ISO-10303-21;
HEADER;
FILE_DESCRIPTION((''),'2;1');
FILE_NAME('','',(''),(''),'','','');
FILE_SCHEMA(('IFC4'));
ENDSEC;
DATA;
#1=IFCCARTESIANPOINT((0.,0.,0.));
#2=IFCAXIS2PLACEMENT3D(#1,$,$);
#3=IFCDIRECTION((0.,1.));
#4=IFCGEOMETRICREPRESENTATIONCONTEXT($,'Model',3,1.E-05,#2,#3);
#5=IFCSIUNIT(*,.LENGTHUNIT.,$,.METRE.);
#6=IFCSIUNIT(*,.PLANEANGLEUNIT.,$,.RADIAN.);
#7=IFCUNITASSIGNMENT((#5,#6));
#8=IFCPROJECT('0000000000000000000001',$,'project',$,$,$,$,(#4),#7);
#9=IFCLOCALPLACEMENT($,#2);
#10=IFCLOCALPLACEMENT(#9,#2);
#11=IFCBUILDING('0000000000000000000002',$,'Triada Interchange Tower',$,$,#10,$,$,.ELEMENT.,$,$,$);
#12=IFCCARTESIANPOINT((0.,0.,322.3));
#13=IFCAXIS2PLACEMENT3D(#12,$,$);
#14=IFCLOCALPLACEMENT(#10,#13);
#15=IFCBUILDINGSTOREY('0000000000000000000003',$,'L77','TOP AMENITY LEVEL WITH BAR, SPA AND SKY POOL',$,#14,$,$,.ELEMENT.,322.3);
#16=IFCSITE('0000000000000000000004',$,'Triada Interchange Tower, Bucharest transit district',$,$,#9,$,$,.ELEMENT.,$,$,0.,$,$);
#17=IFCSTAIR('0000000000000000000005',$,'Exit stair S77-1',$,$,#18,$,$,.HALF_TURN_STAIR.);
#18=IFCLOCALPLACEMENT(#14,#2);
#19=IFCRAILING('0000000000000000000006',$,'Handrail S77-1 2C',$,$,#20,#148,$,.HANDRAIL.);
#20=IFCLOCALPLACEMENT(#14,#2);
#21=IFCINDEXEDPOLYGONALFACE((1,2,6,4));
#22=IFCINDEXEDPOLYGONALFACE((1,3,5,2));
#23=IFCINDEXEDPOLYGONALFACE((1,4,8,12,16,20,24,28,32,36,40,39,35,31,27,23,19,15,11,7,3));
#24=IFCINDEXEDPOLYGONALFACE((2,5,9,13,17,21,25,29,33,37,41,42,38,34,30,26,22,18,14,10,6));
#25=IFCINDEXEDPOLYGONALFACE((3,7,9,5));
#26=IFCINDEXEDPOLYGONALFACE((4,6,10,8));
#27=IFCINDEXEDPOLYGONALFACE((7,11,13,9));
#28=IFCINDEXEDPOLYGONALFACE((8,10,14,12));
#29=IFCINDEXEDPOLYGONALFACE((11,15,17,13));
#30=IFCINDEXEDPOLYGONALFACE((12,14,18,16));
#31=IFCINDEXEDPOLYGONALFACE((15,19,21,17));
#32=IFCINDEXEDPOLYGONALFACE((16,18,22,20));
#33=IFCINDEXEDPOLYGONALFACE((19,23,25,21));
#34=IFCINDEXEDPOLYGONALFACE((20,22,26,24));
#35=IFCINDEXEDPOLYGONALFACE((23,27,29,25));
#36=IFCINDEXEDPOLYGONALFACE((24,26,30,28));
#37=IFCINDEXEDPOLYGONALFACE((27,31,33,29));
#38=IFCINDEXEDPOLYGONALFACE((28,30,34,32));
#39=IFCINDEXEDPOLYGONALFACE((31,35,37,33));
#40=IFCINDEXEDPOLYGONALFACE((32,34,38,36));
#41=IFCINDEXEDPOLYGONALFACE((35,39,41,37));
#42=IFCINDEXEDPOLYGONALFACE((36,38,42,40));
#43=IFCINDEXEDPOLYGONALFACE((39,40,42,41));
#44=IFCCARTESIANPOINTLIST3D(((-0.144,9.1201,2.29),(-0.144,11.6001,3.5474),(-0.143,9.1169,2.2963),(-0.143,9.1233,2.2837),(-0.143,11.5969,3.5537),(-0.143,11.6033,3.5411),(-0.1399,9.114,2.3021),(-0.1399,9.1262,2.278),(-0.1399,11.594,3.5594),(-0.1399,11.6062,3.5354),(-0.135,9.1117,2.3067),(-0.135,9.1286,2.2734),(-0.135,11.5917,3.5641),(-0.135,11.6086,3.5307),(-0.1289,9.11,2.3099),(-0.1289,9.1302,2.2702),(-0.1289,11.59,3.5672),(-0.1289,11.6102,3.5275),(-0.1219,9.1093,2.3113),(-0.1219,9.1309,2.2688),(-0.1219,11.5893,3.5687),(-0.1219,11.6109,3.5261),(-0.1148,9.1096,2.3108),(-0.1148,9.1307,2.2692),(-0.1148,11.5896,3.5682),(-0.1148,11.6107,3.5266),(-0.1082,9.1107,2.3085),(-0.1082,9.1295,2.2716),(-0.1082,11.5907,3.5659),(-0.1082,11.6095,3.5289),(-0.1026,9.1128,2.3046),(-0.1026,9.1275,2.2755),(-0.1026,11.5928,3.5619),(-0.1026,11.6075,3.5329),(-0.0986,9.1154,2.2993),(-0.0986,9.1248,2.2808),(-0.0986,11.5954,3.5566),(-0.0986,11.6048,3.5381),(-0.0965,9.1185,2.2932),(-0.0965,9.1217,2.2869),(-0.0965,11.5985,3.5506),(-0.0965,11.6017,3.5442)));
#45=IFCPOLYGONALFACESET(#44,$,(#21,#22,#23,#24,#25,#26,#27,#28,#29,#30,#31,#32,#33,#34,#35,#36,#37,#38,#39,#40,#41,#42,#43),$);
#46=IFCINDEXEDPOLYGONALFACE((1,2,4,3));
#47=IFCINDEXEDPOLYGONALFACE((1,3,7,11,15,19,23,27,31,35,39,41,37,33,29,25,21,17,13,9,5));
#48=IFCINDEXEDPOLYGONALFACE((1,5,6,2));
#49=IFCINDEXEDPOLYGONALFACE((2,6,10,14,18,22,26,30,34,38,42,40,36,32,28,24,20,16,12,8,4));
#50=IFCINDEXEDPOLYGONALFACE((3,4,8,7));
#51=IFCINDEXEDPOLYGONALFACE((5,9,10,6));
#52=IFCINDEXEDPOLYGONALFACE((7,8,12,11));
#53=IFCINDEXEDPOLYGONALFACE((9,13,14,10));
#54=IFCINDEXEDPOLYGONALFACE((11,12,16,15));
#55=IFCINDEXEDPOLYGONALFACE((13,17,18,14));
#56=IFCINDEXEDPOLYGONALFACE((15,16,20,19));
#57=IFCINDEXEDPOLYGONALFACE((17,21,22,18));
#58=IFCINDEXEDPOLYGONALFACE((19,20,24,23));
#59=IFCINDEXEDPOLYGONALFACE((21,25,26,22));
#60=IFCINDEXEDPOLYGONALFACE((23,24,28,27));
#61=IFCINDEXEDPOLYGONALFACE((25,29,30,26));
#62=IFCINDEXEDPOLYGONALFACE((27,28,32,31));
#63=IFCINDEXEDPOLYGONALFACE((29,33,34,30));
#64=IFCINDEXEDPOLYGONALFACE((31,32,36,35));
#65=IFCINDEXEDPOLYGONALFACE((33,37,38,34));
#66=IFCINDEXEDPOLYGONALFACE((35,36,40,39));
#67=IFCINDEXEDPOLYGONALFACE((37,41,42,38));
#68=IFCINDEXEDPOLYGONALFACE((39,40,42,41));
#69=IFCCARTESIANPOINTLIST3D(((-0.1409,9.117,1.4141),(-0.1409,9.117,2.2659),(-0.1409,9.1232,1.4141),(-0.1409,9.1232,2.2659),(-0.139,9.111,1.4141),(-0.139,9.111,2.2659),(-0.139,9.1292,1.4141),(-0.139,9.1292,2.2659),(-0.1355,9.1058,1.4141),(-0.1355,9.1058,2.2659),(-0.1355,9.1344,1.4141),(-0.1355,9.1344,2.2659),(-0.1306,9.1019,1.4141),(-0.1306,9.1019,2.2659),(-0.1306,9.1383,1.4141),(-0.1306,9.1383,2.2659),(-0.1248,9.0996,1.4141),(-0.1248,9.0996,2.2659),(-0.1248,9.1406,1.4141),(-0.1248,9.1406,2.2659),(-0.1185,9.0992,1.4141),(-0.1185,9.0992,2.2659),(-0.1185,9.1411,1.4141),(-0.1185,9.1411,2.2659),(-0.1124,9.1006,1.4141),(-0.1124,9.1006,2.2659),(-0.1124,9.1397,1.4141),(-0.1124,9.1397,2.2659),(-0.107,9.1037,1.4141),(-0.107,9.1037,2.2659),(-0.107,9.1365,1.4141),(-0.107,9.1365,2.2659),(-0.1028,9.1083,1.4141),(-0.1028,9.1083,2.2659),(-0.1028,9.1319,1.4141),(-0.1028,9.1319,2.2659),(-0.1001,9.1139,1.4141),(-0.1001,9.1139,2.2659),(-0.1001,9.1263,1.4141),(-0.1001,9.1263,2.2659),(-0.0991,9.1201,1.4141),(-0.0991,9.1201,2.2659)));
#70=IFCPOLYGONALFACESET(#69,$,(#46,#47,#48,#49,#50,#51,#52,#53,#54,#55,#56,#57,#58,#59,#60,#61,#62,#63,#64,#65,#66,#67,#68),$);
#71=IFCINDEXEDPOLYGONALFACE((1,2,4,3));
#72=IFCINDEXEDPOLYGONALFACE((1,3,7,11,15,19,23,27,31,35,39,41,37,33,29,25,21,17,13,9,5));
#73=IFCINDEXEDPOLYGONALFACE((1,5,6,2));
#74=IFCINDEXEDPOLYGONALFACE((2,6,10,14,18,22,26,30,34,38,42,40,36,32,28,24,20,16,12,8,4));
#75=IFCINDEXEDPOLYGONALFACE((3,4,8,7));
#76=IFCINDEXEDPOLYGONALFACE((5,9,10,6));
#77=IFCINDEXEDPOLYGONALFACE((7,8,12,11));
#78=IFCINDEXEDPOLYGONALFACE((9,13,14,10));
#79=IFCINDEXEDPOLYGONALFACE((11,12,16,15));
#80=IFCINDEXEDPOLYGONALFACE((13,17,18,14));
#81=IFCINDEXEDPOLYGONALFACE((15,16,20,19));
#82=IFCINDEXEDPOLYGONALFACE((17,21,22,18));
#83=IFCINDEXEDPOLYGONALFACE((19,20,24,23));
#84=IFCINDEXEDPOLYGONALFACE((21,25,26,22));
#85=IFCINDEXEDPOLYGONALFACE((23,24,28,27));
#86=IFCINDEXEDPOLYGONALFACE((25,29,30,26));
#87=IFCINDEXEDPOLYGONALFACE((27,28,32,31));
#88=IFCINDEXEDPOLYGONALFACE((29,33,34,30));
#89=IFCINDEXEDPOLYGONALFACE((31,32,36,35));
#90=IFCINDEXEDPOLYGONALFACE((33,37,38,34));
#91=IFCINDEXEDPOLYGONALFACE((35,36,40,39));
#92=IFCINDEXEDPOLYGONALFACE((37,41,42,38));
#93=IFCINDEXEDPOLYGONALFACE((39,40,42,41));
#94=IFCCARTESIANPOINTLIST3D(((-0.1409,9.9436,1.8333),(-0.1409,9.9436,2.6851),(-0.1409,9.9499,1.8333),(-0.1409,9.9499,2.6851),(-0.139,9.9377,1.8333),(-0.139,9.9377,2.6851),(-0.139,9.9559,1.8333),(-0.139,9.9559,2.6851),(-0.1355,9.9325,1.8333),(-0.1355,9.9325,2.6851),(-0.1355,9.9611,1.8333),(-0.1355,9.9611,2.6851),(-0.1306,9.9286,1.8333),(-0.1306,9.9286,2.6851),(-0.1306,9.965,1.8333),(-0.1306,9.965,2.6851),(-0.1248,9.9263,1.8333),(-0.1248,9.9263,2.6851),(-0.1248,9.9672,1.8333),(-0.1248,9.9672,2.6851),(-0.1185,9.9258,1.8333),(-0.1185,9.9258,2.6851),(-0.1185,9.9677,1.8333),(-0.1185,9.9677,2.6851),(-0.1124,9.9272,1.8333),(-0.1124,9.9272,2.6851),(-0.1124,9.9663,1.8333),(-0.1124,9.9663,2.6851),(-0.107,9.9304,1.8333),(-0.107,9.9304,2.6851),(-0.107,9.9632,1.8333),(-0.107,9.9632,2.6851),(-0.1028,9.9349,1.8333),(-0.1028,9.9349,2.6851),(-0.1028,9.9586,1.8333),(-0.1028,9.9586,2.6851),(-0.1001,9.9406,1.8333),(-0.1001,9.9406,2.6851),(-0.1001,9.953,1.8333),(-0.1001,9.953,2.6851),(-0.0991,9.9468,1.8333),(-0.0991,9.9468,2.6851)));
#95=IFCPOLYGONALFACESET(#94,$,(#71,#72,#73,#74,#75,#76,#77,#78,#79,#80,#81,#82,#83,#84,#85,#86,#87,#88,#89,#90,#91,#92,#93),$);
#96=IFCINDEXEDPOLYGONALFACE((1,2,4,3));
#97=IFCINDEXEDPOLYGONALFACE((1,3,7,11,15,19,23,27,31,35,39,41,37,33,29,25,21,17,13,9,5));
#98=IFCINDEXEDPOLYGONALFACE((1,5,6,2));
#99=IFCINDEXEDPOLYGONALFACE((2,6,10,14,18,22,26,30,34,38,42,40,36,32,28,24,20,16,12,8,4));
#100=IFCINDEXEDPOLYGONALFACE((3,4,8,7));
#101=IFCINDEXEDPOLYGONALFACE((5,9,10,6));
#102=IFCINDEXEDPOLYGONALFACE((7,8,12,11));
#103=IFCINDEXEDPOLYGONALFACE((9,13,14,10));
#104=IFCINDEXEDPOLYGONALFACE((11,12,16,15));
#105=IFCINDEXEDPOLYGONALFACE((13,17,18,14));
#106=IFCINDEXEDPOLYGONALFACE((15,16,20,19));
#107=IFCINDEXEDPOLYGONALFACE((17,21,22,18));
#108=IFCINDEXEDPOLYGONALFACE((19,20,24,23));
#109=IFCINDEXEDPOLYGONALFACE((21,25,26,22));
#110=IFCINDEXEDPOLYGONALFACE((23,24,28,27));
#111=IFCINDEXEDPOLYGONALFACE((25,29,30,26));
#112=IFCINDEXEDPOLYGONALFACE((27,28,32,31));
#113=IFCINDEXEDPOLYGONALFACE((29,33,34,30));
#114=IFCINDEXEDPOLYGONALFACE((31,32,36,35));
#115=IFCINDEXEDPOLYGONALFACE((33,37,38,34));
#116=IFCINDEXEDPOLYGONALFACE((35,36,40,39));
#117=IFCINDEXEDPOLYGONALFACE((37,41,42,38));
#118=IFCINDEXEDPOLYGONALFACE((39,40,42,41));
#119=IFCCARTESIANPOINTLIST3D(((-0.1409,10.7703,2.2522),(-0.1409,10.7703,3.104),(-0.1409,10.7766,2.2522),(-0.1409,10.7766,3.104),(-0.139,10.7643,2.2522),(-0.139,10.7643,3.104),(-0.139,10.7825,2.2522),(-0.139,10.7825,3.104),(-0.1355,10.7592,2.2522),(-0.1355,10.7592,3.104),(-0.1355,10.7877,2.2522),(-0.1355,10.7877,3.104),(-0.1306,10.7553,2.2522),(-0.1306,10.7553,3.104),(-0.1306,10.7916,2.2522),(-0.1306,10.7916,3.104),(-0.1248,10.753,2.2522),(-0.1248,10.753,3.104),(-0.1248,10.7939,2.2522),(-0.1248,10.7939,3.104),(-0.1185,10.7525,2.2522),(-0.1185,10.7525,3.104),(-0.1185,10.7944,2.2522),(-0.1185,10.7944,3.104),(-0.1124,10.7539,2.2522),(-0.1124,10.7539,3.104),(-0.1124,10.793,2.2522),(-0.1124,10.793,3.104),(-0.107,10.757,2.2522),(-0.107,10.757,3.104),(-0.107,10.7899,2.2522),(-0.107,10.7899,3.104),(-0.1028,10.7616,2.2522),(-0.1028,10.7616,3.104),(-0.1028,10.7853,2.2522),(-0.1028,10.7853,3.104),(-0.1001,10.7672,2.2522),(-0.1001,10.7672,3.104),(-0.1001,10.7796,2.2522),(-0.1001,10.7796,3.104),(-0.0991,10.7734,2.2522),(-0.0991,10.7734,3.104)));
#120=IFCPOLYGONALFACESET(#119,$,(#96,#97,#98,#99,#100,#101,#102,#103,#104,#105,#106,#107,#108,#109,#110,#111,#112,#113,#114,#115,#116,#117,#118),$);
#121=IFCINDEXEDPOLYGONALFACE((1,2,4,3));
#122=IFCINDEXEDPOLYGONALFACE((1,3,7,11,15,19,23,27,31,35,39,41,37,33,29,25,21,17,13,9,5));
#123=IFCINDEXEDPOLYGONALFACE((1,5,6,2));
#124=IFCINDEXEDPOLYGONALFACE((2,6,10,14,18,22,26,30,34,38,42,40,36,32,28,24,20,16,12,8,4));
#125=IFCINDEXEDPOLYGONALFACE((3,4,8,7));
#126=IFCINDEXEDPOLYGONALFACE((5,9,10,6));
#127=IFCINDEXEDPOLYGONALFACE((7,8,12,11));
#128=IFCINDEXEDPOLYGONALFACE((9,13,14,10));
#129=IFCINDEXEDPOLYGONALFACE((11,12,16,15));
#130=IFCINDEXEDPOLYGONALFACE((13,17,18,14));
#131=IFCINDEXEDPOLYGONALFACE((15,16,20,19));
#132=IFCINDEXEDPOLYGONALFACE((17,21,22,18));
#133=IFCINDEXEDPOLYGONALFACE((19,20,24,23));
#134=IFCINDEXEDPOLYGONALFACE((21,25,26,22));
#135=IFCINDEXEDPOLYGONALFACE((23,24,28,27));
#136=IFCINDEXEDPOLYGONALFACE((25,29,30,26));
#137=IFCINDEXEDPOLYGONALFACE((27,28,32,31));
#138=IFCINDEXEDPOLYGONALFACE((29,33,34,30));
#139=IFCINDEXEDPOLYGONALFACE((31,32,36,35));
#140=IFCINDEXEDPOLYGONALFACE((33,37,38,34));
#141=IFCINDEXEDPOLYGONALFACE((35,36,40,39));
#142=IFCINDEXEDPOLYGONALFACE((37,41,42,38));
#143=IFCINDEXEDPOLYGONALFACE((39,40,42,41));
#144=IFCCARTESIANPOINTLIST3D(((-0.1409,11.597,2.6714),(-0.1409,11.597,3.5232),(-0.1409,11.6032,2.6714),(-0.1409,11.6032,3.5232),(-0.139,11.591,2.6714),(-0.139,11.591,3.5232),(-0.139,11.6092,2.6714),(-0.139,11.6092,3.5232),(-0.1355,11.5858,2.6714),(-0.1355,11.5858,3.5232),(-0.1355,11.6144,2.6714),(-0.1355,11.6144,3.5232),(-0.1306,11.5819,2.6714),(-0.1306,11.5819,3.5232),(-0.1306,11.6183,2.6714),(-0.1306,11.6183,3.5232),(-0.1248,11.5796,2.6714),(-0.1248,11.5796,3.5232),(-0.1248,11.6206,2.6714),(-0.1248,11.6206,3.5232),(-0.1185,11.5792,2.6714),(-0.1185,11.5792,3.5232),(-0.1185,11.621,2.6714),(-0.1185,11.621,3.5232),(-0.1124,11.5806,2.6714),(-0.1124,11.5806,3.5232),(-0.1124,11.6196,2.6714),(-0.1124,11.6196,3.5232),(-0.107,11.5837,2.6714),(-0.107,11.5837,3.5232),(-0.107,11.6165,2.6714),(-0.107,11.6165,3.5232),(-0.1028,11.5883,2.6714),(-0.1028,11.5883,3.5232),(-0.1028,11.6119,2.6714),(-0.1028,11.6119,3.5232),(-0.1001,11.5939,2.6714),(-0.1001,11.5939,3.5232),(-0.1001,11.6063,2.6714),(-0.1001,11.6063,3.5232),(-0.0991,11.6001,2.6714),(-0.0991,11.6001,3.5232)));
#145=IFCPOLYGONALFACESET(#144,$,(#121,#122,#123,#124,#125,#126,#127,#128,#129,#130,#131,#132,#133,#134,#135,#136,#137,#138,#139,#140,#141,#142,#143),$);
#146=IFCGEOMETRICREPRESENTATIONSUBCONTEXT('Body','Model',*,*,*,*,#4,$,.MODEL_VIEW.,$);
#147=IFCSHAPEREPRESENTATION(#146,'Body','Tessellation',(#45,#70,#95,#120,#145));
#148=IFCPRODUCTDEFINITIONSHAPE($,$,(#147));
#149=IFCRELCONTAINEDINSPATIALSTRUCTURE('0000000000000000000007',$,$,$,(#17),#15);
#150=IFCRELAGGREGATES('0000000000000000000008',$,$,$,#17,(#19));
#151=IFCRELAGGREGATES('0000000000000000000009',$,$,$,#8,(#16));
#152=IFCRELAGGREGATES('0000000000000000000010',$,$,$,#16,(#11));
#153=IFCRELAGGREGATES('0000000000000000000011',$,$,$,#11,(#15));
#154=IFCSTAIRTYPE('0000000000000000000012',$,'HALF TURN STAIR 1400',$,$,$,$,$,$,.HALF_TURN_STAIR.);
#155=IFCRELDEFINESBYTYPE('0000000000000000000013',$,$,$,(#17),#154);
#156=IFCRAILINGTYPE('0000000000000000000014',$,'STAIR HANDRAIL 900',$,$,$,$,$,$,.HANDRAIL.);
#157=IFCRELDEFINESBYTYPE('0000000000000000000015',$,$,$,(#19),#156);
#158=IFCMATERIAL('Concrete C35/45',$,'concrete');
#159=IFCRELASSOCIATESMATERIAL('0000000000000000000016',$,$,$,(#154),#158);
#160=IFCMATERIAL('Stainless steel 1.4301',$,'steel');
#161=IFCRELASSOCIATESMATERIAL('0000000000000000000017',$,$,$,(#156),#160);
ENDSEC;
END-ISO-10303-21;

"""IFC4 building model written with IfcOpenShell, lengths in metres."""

from ifc_helpers import new_model, si_unit, direction, frame, origin, origin_2d, place, context, subcontext, project, spatial, circle, extrude, material, type_object, element, aggregate, save


model = new_model("IFC4")

# Units and contexts
model_context = context("Model", 3, precision=1e-05, world=origin(), true_north=direction((0.0, 1.0)))
body_context = subcontext(model_context, "Body", "Model", "MODEL_VIEW")
ifc_project = project(units=[si_unit("LENGTHUNIT", "METRE"), si_unit("PLANEANGLEUNIT", "RADIAN")], contexts=[model_context])

# Site, building, storey
site_placement = place(None, origin())
site = spatial("IfcSite", under=ifc_project, at=site_placement, Name="Triada Interchange Tower, Bucharest transit district", CompositionType="ELEMENT", RefElevation=0.0)
building_placement = place(site_placement, origin())
building = spatial("IfcBuilding", under=site, at=building_placement, Name="Triada Interchange Tower", CompositionType="ELEMENT")
storey_placement = place(building_placement, frame((0.0, 0.0, 322.3)))
storey = spatial("IfcBuildingStorey", under=building, at=storey_placement, Name="L77", Description="TOP AMENITY LEVEL WITH BAR, SPA AND SKY POOL", CompositionType="ELEMENT", Elevation=322.3)

# Stair, railing
ifc_material_1 = material(Name="Concrete C35/45", Category="concrete")
stair_type = type_object("IfcStairType", Name="HALF TURN STAIR 1400", PredefinedType="HALF_TURN_STAIR", material=ifc_material_1)
stair_placement = place(storey_placement, origin())
stair = element("IfcStair", 1, at=stair_placement, inside=storey, type_object=stair_type, Name="Exit stair S77-1", PredefinedType="HALF_TURN_STAIR")
ifc_material_2 = material(Name="Stainless steel 1.4301", Category="steel")
railing_type = type_object("IfcRailingType", Name="STAIR HANDRAIL 900", PredefinedType="HANDRAIL", material=ifc_material_2)
railing_1_placement = place(storey_placement, frame((-0.1201, 9.1201, 1.4141)))
railing_1 = element("IfcRailing", 2, at=railing_1_placement, type_object=railing_type, Name="Handrail S77-1 2C", PredefinedType="HANDRAIL", context=body_context, shape_type="SweptSolid", body=[
    extrude(circle(Radius=0.0239, at=origin_2d()), frame((0.0, 0.0, 0.876), z_axis=(0.0, 0.89192, 0.452194), x_axis=(-1.0, 0.0, 0.0)), (0.0, 0.0, 1.0), 2.7805),
    extrude(circle(Radius=0.021, at=origin_2d()), origin(), (0.0, 0.0, 1.0), 0.8518),
    extrude(circle(Radius=0.021, at=origin_2d()), frame((0.0, 0.8267, 0.4192)), (0.0, 0.0, 1.0), 0.8518),
    extrude(circle(Radius=0.021, at=origin_2d()), frame((0.0, 1.6533, 0.8381)), (0.0, 0.0, 1.0), 0.8518),
    extrude(circle(Radius=0.021, at=origin_2d()), frame((0.0, 2.48, 1.2573)), (0.0, 0.0, 1.0), 0.8518),
])
aggregate(stair, [railing_1])

save(model, "model.ifc")
